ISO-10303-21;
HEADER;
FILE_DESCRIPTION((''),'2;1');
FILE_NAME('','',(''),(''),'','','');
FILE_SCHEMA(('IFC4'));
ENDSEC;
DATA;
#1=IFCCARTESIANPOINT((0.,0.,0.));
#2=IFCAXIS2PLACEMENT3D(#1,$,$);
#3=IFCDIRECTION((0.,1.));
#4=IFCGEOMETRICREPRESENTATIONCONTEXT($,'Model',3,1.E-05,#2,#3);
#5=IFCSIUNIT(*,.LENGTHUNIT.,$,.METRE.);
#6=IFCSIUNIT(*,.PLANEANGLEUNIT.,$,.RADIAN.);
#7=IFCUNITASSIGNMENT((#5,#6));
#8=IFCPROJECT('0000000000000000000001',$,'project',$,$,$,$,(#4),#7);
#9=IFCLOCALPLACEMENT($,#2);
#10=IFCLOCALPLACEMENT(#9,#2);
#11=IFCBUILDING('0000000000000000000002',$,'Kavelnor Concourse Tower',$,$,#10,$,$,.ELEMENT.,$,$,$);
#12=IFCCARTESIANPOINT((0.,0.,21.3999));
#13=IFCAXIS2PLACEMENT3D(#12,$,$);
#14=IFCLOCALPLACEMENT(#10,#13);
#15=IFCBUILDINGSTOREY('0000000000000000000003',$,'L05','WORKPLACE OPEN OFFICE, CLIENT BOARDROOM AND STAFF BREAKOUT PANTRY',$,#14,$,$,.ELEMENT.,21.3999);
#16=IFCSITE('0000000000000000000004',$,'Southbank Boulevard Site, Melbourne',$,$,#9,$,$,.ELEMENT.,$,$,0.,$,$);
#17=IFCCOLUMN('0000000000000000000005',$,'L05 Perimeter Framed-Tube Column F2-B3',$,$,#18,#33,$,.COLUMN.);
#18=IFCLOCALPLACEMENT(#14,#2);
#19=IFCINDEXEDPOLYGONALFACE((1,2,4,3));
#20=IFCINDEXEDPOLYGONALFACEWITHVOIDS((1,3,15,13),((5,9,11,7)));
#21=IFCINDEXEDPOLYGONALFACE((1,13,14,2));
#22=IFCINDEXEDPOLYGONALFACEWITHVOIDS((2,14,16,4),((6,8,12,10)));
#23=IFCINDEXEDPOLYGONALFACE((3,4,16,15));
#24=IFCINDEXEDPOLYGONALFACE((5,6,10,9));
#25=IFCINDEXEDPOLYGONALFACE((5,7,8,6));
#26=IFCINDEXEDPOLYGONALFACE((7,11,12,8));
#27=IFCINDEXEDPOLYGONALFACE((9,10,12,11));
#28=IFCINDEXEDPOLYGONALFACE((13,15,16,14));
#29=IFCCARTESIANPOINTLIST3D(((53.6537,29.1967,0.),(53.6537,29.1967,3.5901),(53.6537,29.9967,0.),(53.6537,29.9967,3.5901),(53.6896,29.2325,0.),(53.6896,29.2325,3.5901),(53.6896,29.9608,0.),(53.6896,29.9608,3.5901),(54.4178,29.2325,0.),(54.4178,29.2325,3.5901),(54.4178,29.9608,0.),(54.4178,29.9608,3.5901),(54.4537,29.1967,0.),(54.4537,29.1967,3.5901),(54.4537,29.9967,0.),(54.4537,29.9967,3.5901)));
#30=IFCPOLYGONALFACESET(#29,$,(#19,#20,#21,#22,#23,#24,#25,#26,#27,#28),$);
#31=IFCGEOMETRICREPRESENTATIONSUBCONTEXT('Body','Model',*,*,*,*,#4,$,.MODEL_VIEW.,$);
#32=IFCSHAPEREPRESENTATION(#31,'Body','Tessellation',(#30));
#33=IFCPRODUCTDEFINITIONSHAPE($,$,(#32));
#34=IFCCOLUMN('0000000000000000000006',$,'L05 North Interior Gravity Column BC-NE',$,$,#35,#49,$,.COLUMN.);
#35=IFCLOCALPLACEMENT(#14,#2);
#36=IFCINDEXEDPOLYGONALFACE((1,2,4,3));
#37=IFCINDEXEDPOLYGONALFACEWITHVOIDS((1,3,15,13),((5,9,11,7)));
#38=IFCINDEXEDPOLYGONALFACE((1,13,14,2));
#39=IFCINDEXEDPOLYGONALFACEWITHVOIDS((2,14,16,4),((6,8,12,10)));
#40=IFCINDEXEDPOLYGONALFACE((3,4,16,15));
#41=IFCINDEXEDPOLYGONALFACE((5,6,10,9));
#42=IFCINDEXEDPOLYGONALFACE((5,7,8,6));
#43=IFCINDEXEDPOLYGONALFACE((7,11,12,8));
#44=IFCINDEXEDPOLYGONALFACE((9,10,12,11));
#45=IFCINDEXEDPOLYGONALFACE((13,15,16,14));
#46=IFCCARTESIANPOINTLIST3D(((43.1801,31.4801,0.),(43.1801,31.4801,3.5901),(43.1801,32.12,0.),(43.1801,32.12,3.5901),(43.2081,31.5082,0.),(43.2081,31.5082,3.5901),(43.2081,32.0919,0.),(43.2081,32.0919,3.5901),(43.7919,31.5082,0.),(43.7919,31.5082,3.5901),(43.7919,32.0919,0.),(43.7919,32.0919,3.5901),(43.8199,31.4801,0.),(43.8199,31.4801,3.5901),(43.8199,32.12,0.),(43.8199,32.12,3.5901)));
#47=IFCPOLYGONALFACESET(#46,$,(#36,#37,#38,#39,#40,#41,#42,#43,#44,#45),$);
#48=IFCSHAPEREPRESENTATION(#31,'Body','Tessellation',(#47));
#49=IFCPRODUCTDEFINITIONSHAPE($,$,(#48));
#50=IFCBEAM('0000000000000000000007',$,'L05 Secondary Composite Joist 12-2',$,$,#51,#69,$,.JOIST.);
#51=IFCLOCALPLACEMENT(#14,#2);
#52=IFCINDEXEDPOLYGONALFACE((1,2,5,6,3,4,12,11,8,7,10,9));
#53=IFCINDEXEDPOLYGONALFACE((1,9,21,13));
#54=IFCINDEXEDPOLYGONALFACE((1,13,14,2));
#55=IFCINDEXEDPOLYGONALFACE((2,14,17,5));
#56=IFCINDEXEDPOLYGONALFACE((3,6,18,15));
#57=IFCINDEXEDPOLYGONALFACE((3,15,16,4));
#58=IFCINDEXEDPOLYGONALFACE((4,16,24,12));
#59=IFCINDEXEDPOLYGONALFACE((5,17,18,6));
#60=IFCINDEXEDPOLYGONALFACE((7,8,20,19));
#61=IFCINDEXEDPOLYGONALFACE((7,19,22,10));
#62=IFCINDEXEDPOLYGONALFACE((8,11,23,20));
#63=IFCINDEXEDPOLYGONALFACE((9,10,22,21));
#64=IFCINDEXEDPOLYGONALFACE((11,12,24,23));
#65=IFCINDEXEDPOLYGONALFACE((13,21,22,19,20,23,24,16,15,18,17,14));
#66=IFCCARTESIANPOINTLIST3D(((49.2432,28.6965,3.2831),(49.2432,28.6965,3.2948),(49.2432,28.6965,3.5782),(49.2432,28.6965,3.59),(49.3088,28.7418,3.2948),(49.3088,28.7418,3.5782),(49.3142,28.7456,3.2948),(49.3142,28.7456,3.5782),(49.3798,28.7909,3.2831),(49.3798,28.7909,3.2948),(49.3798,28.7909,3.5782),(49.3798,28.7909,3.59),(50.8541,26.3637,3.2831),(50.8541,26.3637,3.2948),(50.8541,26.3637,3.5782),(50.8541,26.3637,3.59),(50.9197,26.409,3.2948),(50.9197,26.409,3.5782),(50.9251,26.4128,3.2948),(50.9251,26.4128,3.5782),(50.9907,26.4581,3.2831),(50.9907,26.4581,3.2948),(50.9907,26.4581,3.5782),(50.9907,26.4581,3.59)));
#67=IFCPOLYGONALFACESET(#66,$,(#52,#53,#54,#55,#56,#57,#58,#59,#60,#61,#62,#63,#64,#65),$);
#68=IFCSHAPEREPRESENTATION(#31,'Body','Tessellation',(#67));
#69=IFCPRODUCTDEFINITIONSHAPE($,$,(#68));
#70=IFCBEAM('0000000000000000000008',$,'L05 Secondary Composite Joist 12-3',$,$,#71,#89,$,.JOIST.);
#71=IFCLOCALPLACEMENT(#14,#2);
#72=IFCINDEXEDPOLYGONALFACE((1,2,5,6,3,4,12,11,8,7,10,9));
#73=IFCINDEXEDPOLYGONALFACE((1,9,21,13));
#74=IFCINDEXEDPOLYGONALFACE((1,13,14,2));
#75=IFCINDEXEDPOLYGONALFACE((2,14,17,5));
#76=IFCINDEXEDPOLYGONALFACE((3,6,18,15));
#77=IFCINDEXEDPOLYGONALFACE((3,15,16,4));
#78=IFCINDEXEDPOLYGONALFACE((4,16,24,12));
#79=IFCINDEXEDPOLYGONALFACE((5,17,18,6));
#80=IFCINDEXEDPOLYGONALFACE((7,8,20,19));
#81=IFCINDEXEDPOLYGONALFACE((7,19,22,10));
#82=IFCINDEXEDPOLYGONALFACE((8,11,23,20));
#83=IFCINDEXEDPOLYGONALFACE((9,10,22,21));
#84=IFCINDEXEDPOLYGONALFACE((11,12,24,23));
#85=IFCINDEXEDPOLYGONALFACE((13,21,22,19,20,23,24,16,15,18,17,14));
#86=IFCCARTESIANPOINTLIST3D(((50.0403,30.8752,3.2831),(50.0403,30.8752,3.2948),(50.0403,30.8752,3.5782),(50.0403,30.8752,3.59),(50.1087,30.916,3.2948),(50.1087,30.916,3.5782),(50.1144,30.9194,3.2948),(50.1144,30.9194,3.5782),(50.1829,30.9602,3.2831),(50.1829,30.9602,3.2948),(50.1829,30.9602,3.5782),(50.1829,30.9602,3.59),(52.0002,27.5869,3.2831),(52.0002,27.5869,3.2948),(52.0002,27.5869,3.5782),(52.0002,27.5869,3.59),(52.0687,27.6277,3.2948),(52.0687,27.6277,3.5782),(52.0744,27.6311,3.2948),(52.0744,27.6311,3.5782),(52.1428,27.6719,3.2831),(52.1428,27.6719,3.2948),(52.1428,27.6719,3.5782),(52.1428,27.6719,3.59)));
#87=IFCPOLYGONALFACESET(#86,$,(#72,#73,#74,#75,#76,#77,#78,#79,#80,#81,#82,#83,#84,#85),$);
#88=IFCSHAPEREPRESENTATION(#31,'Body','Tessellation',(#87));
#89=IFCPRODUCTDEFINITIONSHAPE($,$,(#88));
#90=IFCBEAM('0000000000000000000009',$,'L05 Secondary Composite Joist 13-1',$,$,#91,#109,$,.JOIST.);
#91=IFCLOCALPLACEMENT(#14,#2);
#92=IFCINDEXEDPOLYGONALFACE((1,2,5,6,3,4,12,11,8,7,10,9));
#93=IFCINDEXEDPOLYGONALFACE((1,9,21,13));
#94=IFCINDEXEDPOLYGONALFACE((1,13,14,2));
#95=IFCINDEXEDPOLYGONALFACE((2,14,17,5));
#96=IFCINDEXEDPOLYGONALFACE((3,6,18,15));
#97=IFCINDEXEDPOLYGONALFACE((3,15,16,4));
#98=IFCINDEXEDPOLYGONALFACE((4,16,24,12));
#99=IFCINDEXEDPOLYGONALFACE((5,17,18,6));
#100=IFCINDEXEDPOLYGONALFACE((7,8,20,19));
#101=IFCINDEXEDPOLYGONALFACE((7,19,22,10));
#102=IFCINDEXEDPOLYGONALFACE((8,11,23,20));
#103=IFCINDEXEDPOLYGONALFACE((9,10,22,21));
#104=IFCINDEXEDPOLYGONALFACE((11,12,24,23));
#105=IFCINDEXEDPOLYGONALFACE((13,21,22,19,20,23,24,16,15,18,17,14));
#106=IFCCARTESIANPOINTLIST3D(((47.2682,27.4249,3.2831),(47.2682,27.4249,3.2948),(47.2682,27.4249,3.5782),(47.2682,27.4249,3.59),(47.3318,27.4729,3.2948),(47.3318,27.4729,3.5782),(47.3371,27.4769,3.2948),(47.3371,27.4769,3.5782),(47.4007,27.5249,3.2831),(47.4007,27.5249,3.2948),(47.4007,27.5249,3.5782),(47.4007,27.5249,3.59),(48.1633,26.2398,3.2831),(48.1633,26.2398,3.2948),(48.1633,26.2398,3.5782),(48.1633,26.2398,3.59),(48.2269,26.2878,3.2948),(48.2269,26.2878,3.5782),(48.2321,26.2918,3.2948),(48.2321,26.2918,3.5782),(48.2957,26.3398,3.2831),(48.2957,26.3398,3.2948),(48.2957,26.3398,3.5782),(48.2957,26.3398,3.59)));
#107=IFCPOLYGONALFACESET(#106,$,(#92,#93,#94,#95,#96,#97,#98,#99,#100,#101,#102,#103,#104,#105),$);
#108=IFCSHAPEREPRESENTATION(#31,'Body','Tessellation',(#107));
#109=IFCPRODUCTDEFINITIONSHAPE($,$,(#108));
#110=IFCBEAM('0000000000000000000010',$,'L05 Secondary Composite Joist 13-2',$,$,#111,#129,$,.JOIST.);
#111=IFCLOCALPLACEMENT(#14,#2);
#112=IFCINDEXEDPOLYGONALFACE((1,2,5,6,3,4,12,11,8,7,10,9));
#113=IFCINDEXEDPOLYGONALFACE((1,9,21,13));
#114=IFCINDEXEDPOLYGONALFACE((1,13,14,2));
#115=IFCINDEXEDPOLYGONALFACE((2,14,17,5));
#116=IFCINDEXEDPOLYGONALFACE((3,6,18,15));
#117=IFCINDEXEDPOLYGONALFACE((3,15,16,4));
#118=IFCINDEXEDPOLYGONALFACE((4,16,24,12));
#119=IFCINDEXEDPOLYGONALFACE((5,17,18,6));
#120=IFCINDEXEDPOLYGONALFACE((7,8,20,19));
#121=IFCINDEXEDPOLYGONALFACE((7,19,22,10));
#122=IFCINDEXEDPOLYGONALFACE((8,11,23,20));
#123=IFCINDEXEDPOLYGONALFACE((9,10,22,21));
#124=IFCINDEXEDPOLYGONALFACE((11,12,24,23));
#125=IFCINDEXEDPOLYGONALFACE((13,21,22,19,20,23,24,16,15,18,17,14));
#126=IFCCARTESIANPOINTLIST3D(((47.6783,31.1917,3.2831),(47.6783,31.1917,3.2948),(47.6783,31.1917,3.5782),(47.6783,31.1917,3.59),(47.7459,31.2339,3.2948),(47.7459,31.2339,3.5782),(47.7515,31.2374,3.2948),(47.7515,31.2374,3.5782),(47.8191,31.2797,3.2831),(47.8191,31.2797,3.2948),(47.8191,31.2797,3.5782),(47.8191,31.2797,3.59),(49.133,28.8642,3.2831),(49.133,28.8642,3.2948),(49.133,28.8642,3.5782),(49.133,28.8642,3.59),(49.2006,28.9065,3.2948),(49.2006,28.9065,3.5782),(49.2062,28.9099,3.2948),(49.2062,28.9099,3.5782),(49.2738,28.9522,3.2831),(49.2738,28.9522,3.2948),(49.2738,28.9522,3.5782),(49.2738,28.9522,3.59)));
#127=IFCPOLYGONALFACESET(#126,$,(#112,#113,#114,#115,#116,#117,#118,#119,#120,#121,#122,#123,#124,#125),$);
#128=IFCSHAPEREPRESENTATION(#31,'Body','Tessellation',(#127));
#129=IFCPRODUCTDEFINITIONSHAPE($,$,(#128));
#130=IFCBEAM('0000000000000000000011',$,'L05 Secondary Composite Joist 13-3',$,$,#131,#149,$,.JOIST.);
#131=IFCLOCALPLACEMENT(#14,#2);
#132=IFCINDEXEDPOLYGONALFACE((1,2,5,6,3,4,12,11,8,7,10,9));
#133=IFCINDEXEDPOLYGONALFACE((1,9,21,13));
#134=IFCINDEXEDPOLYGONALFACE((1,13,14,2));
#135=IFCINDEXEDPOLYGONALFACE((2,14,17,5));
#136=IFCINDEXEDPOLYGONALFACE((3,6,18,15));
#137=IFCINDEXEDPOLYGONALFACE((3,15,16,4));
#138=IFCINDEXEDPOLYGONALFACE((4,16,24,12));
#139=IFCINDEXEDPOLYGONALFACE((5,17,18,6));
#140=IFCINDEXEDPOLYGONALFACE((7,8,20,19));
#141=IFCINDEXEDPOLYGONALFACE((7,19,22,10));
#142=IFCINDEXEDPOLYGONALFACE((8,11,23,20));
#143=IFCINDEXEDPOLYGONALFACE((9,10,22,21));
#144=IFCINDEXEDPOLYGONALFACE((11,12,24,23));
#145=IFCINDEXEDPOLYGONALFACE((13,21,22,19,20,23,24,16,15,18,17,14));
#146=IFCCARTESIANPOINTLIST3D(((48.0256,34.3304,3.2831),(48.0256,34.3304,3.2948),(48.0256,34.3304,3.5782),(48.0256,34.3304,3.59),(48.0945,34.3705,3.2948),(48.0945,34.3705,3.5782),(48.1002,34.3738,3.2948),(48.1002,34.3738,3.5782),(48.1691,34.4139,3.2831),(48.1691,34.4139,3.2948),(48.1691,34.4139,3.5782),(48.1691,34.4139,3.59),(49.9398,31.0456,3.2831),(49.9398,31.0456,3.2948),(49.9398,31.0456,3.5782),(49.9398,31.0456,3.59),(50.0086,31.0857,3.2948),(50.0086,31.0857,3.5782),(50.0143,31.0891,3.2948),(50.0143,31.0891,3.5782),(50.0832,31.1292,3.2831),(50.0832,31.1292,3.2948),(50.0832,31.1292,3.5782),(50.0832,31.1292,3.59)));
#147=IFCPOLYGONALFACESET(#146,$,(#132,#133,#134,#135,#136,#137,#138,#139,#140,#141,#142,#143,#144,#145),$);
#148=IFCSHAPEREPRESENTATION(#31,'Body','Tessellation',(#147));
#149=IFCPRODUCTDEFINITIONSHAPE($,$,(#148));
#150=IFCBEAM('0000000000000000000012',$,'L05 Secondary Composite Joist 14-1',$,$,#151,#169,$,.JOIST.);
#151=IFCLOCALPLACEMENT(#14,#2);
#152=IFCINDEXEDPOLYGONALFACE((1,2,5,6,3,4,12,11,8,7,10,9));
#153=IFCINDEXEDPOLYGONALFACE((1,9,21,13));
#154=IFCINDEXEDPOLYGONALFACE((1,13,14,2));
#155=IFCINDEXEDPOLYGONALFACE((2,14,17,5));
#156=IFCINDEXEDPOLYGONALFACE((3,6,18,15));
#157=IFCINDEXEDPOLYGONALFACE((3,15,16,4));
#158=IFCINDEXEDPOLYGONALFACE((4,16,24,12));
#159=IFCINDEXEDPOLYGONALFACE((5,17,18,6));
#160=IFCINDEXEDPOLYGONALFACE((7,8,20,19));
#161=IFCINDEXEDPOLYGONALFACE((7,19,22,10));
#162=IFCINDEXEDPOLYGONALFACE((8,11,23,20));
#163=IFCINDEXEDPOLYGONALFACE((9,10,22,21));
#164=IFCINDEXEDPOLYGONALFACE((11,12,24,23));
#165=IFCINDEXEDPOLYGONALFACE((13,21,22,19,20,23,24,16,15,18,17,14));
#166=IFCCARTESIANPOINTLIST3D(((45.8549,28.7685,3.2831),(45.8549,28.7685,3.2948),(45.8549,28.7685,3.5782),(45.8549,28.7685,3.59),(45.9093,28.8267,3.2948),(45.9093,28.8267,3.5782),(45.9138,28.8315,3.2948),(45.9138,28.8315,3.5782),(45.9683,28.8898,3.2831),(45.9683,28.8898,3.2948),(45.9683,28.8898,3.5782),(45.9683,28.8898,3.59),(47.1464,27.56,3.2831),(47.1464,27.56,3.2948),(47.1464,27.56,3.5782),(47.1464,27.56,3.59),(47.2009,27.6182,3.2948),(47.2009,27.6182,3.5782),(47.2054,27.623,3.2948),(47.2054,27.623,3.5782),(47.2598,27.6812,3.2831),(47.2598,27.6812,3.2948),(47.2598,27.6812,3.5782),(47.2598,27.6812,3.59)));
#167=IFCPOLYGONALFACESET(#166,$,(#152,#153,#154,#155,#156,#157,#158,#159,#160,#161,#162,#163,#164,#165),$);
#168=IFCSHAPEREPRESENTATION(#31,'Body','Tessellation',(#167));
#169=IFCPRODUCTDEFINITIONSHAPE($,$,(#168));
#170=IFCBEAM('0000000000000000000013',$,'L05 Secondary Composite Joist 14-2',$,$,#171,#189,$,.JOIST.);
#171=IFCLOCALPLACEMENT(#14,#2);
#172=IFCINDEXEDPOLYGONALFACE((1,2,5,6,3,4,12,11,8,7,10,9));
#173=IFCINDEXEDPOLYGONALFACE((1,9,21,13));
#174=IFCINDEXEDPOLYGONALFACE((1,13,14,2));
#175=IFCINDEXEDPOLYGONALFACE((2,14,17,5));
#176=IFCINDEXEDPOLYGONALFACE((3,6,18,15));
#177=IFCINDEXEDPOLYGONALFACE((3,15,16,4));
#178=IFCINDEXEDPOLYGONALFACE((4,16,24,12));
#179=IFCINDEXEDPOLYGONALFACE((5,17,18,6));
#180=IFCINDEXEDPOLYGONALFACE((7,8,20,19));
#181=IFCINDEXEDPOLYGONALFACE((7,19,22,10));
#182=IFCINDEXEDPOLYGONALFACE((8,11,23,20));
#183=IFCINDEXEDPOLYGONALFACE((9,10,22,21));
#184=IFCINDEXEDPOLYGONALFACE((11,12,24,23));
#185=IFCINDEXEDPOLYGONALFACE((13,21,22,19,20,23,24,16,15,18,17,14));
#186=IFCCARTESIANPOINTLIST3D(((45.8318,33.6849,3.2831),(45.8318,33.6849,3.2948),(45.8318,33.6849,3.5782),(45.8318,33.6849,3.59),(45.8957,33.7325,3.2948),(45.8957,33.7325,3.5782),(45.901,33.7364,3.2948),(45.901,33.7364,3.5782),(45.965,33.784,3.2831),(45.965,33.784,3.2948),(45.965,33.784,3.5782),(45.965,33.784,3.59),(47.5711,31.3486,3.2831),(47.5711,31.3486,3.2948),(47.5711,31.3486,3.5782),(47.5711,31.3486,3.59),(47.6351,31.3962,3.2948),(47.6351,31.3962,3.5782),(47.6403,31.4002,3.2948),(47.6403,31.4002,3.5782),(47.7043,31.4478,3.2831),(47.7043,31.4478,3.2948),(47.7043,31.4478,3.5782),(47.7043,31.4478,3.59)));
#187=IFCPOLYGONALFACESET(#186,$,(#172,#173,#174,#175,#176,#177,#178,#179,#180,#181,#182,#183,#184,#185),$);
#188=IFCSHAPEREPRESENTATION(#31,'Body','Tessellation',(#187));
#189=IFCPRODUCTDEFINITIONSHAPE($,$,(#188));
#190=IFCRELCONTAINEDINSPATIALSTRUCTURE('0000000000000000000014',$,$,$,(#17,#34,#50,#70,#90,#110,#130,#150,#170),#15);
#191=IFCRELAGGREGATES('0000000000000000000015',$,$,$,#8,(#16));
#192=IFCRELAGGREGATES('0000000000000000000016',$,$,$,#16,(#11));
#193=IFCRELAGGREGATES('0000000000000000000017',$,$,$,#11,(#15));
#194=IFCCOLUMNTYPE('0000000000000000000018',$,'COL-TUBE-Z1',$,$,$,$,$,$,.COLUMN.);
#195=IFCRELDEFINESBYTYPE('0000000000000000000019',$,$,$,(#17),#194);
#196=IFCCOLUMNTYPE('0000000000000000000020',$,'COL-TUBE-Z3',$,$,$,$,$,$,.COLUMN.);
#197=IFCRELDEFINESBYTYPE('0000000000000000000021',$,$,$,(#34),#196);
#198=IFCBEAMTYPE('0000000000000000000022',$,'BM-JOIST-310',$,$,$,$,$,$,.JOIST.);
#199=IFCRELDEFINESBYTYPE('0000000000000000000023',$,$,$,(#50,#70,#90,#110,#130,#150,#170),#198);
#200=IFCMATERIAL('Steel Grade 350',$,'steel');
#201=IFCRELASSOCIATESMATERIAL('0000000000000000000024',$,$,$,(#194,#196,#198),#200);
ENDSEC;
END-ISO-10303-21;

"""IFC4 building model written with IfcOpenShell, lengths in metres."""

from ifc_helpers import new_model, si_unit, direction, frame, origin, origin_2d, place, context, subcontext, project, spatial, hollow_rectangle, i_section, extrude, material, material_profile, profile_set, type_object, element, save


model = new_model("IFC4")

# Units and contexts
model_context = context("Model", 3, precision=1e-05, world=origin(), true_north=direction((0.0, 1.0)))
body_context = subcontext(model_context, "Body", "Model", "MODEL_VIEW")
ifc_project = project(units=[si_unit("LENGTHUNIT", "METRE"), si_unit("PLANEANGLEUNIT", "RADIAN")], contexts=[model_context])

# Site, building, storey
site_placement = place(None, origin())
site = spatial("IfcSite", under=ifc_project, at=site_placement, Name="Southbank Boulevard Site, Melbourne", CompositionType="ELEMENT", RefElevation=0.0)
building_placement = place(site_placement, origin())
building = spatial("IfcBuilding", under=site, at=building_placement, Name="Kavelnor Concourse Tower", CompositionType="ELEMENT")
storey_placement = place(building_placement, frame((0.0, 0.0, 21.3999)))
storey = spatial("IfcBuildingStorey", under=building, at=storey_placement, Name="L05", Description="WORKPLACE OPEN OFFICE, CLIENT BOARDROOM AND STAFF BREAKOUT PANTRY", CompositionType="ELEMENT", Elevation=21.3999)

# Columns
ifc_material_1 = material(Name="Steel Grade 350", Category="steel")
ifc_material_profile_1 = material_profile(ifc_material_1, hollow_rectangle(XDim=0.8, YDim=0.8, WallThickness=0.0359, at=origin_2d()), Name="SHS 800x800x36")
ifc_profile_set_1 = profile_set([ifc_material_profile_1], Name="Steel Grade 350")
column_type_1 = type_object("IfcColumnType", Name="COL-TUBE-Z1", PredefinedType="COLUMN", material=ifc_profile_set_1)
column_1_placement = place(storey_placement, frame((54.0537, 29.5967, 0.0), z_axis=(0.0, 0.0, 1.0), x_axis=(1.0, 0.0, 0.0)))
element("IfcColumn", 1, at=column_1_placement, inside=storey, type_object=column_type_1, Name="L05 Perimeter Framed-Tube Column F2-B3", PredefinedType="COLUMN", context=body_context, shape_type="SweptSolid", body=[
    extrude(hollow_rectangle(XDim=0.8, YDim=0.8, WallThickness=0.0359, at=origin_2d()), origin(), (0.0, 0.0, 1.0), 3.5901),
])
ifc_material_profile_2 = material_profile(ifc_material_1, hollow_rectangle(XDim=0.6399, YDim=0.6399, WallThickness=0.0281, at=origin_2d()), Name="SHS 640x640x28")
ifc_profile_set_2 = profile_set([ifc_material_profile_2], Name="Steel Grade 350")
column_type_2 = type_object("IfcColumnType", Name="COL-TUBE-Z3", PredefinedType="COLUMN", material=ifc_profile_set_2)
column_2_placement = place(storey_placement, frame((43.5, 31.8, 0.0), z_axis=(0.0, 0.0, 1.0), x_axis=(1.0, 0.0, 0.0)))
element("IfcColumn", 2, at=column_2_placement, inside=storey, type_object=column_type_2, Name="L05 North Interior Gravity Column BC-NE", PredefinedType="COLUMN", context=body_context, shape_type="SweptSolid", body=[
    extrude(hollow_rectangle(XDim=0.6399, YDim=0.6399, WallThickness=0.0281, at=origin_2d()), origin(), (0.0, 0.0, 1.0), 3.5901),
])

# Beams
ifc_material_profile_3 = material_profile(ifc_material_1, i_section(OverallWidth=0.166, OverallDepth=0.3069, WebThickness=0.0066, FlangeThickness=0.0117, at=origin_2d()), Name="310UB46")
ifc_profile_set_3 = profile_set([ifc_material_profile_3], Name="Steel Grade 350")
beam_type_1 = type_object("IfcBeamType", Name="BM-JOIST-310", PredefinedType="JOIST", material=ifc_profile_set_3)
beam_1_placement = place(storey_placement, frame((50.9224, 26.4109, 3.4365), z_axis=(-0.56822, 0.822877, 0.0), x_axis=(-0.822877, -0.56822, 0.0)))
element("IfcBeam", 3, at=beam_1_placement, inside=storey, type_object=beam_type_1, Name="L05 Secondary Composite Joist 12-2", PredefinedType="JOIST", context=body_context, shape_type="SweptSolid", body=[
    extrude(i_section(OverallWidth=0.166, OverallDepth=0.3069, WebThickness=0.0066, FlangeThickness=0.0117, at=origin_2d()), origin(), (0.0, 0.0, 1.0), 2.835),
])
beam_2_placement = place(storey_placement, frame((52.0715, 27.6294, 3.4365), z_axis=(-0.511989, 0.858992, 0.0), x_axis=(-0.858992, -0.511989, 0.0)))
element("IfcBeam", 4, at=beam_2_placement, inside=storey, type_object=beam_type_1, Name="L05 Secondary Composite Joist 12-3", PredefinedType="JOIST", context=body_context, shape_type="SweptSolid", body=[
    extrude(i_section(OverallWidth=0.166, OverallDepth=0.3069, WebThickness=0.0066, FlangeThickness=0.0117, at=origin_2d()), origin(), (0.0, 0.0, 1.0), 3.8281),
])
beam_3_placement = place(storey_placement, frame((48.2295, 26.2898, 3.4365), z_axis=(-0.60268, 0.797983, 0.0), x_axis=(-0.797983, -0.60268, 0.0)))
element("IfcBeam", 5, at=beam_3_placement, inside=storey, type_object=beam_type_1, Name="L05 Secondary Composite Joist 13-1", PredefinedType="JOIST", context=body_context, shape_type="SweptSolid", body=[
    extrude(i_section(OverallWidth=0.166, OverallDepth=0.3069, WebThickness=0.0066, FlangeThickness=0.0117, at=origin_2d()), origin(), (0.0, 0.0, 1.0), 1.4851),
])
beam_4_placement = place(storey_placement, frame((49.2034, 28.9082, 3.4365), z_axis=(-0.529991, 0.848003, 0.0), x_axis=(-0.848003, -0.529991, 0.0)))
element("IfcBeam", 6, at=beam_4_placement, inside=storey, type_object=beam_type_1, Name="L05 Secondary Composite Joist 13-2", PredefinedType="JOIST", context=body_context, shape_type="SweptSolid", body=[
    extrude(i_section(OverallWidth=0.166, OverallDepth=0.3069, WebThickness=0.0066, FlangeThickness=0.0117, at=origin_2d()), origin(), (0.0, 0.0, 1.0), 2.7446),
])
beam_5_placement = place(storey_placement, frame((50.0115, 31.0874, 3.4365), z_axis=(-0.50348, 0.864007, 0.0), x_axis=(-0.864007, -0.50348, 0.0)))
element("IfcBeam", 7, at=beam_5_placement, inside=storey, type_object=beam_type_1, Name="L05 Secondary Composite Joist 13-3", PredefinedType="JOIST", context=body_context, shape_type="SweptSolid", body=[
    extrude(i_section(OverallWidth=0.166, OverallDepth=0.3069, WebThickness=0.0066, FlangeThickness=0.0117, at=origin_2d()), origin(), (0.0, 0.0, 1.0), 3.8018),
])
beam_6_placement = place(storey_placement, frame((47.2031, 27.6206, 3.4365), z_axis=(-0.730183, 0.683252, 0.0), x_axis=(-0.683252, -0.730183, 0.0)))
element("IfcBeam", 8, at=beam_6_placement, inside=storey, type_object=beam_type_1, Name="L05 Secondary Composite Joist 14-1", PredefinedType="JOIST", context=body_context, shape_type="SweptSolid", body=[
    extrude(i_section(OverallWidth=0.166, OverallDepth=0.3069, WebThickness=0.0066, FlangeThickness=0.0117, at=origin_2d()), origin(), (0.0, 0.0, 1.0), 1.7688),
])
beam_7_placement = place(storey_placement, frame((47.6377, 31.3982, 3.4365), z_axis=(-0.597166, 0.802117, 0.0), x_axis=(-0.802117, -0.597166, 0.0)))
element("IfcBeam", 9, at=beam_7_placement, inside=storey, type_object=beam_type_1, Name="L05 Secondary Composite Joist 14-2", PredefinedType="JOIST", context=body_context, shape_type="SweptSolid", body=[
    extrude(i_section(OverallWidth=0.166, OverallDepth=0.3069, WebThickness=0.0066, FlangeThickness=0.0117, at=origin_2d()), origin(), (0.0, 0.0, 1.0), 2.9126),
])

save(model, "model.ifc")
